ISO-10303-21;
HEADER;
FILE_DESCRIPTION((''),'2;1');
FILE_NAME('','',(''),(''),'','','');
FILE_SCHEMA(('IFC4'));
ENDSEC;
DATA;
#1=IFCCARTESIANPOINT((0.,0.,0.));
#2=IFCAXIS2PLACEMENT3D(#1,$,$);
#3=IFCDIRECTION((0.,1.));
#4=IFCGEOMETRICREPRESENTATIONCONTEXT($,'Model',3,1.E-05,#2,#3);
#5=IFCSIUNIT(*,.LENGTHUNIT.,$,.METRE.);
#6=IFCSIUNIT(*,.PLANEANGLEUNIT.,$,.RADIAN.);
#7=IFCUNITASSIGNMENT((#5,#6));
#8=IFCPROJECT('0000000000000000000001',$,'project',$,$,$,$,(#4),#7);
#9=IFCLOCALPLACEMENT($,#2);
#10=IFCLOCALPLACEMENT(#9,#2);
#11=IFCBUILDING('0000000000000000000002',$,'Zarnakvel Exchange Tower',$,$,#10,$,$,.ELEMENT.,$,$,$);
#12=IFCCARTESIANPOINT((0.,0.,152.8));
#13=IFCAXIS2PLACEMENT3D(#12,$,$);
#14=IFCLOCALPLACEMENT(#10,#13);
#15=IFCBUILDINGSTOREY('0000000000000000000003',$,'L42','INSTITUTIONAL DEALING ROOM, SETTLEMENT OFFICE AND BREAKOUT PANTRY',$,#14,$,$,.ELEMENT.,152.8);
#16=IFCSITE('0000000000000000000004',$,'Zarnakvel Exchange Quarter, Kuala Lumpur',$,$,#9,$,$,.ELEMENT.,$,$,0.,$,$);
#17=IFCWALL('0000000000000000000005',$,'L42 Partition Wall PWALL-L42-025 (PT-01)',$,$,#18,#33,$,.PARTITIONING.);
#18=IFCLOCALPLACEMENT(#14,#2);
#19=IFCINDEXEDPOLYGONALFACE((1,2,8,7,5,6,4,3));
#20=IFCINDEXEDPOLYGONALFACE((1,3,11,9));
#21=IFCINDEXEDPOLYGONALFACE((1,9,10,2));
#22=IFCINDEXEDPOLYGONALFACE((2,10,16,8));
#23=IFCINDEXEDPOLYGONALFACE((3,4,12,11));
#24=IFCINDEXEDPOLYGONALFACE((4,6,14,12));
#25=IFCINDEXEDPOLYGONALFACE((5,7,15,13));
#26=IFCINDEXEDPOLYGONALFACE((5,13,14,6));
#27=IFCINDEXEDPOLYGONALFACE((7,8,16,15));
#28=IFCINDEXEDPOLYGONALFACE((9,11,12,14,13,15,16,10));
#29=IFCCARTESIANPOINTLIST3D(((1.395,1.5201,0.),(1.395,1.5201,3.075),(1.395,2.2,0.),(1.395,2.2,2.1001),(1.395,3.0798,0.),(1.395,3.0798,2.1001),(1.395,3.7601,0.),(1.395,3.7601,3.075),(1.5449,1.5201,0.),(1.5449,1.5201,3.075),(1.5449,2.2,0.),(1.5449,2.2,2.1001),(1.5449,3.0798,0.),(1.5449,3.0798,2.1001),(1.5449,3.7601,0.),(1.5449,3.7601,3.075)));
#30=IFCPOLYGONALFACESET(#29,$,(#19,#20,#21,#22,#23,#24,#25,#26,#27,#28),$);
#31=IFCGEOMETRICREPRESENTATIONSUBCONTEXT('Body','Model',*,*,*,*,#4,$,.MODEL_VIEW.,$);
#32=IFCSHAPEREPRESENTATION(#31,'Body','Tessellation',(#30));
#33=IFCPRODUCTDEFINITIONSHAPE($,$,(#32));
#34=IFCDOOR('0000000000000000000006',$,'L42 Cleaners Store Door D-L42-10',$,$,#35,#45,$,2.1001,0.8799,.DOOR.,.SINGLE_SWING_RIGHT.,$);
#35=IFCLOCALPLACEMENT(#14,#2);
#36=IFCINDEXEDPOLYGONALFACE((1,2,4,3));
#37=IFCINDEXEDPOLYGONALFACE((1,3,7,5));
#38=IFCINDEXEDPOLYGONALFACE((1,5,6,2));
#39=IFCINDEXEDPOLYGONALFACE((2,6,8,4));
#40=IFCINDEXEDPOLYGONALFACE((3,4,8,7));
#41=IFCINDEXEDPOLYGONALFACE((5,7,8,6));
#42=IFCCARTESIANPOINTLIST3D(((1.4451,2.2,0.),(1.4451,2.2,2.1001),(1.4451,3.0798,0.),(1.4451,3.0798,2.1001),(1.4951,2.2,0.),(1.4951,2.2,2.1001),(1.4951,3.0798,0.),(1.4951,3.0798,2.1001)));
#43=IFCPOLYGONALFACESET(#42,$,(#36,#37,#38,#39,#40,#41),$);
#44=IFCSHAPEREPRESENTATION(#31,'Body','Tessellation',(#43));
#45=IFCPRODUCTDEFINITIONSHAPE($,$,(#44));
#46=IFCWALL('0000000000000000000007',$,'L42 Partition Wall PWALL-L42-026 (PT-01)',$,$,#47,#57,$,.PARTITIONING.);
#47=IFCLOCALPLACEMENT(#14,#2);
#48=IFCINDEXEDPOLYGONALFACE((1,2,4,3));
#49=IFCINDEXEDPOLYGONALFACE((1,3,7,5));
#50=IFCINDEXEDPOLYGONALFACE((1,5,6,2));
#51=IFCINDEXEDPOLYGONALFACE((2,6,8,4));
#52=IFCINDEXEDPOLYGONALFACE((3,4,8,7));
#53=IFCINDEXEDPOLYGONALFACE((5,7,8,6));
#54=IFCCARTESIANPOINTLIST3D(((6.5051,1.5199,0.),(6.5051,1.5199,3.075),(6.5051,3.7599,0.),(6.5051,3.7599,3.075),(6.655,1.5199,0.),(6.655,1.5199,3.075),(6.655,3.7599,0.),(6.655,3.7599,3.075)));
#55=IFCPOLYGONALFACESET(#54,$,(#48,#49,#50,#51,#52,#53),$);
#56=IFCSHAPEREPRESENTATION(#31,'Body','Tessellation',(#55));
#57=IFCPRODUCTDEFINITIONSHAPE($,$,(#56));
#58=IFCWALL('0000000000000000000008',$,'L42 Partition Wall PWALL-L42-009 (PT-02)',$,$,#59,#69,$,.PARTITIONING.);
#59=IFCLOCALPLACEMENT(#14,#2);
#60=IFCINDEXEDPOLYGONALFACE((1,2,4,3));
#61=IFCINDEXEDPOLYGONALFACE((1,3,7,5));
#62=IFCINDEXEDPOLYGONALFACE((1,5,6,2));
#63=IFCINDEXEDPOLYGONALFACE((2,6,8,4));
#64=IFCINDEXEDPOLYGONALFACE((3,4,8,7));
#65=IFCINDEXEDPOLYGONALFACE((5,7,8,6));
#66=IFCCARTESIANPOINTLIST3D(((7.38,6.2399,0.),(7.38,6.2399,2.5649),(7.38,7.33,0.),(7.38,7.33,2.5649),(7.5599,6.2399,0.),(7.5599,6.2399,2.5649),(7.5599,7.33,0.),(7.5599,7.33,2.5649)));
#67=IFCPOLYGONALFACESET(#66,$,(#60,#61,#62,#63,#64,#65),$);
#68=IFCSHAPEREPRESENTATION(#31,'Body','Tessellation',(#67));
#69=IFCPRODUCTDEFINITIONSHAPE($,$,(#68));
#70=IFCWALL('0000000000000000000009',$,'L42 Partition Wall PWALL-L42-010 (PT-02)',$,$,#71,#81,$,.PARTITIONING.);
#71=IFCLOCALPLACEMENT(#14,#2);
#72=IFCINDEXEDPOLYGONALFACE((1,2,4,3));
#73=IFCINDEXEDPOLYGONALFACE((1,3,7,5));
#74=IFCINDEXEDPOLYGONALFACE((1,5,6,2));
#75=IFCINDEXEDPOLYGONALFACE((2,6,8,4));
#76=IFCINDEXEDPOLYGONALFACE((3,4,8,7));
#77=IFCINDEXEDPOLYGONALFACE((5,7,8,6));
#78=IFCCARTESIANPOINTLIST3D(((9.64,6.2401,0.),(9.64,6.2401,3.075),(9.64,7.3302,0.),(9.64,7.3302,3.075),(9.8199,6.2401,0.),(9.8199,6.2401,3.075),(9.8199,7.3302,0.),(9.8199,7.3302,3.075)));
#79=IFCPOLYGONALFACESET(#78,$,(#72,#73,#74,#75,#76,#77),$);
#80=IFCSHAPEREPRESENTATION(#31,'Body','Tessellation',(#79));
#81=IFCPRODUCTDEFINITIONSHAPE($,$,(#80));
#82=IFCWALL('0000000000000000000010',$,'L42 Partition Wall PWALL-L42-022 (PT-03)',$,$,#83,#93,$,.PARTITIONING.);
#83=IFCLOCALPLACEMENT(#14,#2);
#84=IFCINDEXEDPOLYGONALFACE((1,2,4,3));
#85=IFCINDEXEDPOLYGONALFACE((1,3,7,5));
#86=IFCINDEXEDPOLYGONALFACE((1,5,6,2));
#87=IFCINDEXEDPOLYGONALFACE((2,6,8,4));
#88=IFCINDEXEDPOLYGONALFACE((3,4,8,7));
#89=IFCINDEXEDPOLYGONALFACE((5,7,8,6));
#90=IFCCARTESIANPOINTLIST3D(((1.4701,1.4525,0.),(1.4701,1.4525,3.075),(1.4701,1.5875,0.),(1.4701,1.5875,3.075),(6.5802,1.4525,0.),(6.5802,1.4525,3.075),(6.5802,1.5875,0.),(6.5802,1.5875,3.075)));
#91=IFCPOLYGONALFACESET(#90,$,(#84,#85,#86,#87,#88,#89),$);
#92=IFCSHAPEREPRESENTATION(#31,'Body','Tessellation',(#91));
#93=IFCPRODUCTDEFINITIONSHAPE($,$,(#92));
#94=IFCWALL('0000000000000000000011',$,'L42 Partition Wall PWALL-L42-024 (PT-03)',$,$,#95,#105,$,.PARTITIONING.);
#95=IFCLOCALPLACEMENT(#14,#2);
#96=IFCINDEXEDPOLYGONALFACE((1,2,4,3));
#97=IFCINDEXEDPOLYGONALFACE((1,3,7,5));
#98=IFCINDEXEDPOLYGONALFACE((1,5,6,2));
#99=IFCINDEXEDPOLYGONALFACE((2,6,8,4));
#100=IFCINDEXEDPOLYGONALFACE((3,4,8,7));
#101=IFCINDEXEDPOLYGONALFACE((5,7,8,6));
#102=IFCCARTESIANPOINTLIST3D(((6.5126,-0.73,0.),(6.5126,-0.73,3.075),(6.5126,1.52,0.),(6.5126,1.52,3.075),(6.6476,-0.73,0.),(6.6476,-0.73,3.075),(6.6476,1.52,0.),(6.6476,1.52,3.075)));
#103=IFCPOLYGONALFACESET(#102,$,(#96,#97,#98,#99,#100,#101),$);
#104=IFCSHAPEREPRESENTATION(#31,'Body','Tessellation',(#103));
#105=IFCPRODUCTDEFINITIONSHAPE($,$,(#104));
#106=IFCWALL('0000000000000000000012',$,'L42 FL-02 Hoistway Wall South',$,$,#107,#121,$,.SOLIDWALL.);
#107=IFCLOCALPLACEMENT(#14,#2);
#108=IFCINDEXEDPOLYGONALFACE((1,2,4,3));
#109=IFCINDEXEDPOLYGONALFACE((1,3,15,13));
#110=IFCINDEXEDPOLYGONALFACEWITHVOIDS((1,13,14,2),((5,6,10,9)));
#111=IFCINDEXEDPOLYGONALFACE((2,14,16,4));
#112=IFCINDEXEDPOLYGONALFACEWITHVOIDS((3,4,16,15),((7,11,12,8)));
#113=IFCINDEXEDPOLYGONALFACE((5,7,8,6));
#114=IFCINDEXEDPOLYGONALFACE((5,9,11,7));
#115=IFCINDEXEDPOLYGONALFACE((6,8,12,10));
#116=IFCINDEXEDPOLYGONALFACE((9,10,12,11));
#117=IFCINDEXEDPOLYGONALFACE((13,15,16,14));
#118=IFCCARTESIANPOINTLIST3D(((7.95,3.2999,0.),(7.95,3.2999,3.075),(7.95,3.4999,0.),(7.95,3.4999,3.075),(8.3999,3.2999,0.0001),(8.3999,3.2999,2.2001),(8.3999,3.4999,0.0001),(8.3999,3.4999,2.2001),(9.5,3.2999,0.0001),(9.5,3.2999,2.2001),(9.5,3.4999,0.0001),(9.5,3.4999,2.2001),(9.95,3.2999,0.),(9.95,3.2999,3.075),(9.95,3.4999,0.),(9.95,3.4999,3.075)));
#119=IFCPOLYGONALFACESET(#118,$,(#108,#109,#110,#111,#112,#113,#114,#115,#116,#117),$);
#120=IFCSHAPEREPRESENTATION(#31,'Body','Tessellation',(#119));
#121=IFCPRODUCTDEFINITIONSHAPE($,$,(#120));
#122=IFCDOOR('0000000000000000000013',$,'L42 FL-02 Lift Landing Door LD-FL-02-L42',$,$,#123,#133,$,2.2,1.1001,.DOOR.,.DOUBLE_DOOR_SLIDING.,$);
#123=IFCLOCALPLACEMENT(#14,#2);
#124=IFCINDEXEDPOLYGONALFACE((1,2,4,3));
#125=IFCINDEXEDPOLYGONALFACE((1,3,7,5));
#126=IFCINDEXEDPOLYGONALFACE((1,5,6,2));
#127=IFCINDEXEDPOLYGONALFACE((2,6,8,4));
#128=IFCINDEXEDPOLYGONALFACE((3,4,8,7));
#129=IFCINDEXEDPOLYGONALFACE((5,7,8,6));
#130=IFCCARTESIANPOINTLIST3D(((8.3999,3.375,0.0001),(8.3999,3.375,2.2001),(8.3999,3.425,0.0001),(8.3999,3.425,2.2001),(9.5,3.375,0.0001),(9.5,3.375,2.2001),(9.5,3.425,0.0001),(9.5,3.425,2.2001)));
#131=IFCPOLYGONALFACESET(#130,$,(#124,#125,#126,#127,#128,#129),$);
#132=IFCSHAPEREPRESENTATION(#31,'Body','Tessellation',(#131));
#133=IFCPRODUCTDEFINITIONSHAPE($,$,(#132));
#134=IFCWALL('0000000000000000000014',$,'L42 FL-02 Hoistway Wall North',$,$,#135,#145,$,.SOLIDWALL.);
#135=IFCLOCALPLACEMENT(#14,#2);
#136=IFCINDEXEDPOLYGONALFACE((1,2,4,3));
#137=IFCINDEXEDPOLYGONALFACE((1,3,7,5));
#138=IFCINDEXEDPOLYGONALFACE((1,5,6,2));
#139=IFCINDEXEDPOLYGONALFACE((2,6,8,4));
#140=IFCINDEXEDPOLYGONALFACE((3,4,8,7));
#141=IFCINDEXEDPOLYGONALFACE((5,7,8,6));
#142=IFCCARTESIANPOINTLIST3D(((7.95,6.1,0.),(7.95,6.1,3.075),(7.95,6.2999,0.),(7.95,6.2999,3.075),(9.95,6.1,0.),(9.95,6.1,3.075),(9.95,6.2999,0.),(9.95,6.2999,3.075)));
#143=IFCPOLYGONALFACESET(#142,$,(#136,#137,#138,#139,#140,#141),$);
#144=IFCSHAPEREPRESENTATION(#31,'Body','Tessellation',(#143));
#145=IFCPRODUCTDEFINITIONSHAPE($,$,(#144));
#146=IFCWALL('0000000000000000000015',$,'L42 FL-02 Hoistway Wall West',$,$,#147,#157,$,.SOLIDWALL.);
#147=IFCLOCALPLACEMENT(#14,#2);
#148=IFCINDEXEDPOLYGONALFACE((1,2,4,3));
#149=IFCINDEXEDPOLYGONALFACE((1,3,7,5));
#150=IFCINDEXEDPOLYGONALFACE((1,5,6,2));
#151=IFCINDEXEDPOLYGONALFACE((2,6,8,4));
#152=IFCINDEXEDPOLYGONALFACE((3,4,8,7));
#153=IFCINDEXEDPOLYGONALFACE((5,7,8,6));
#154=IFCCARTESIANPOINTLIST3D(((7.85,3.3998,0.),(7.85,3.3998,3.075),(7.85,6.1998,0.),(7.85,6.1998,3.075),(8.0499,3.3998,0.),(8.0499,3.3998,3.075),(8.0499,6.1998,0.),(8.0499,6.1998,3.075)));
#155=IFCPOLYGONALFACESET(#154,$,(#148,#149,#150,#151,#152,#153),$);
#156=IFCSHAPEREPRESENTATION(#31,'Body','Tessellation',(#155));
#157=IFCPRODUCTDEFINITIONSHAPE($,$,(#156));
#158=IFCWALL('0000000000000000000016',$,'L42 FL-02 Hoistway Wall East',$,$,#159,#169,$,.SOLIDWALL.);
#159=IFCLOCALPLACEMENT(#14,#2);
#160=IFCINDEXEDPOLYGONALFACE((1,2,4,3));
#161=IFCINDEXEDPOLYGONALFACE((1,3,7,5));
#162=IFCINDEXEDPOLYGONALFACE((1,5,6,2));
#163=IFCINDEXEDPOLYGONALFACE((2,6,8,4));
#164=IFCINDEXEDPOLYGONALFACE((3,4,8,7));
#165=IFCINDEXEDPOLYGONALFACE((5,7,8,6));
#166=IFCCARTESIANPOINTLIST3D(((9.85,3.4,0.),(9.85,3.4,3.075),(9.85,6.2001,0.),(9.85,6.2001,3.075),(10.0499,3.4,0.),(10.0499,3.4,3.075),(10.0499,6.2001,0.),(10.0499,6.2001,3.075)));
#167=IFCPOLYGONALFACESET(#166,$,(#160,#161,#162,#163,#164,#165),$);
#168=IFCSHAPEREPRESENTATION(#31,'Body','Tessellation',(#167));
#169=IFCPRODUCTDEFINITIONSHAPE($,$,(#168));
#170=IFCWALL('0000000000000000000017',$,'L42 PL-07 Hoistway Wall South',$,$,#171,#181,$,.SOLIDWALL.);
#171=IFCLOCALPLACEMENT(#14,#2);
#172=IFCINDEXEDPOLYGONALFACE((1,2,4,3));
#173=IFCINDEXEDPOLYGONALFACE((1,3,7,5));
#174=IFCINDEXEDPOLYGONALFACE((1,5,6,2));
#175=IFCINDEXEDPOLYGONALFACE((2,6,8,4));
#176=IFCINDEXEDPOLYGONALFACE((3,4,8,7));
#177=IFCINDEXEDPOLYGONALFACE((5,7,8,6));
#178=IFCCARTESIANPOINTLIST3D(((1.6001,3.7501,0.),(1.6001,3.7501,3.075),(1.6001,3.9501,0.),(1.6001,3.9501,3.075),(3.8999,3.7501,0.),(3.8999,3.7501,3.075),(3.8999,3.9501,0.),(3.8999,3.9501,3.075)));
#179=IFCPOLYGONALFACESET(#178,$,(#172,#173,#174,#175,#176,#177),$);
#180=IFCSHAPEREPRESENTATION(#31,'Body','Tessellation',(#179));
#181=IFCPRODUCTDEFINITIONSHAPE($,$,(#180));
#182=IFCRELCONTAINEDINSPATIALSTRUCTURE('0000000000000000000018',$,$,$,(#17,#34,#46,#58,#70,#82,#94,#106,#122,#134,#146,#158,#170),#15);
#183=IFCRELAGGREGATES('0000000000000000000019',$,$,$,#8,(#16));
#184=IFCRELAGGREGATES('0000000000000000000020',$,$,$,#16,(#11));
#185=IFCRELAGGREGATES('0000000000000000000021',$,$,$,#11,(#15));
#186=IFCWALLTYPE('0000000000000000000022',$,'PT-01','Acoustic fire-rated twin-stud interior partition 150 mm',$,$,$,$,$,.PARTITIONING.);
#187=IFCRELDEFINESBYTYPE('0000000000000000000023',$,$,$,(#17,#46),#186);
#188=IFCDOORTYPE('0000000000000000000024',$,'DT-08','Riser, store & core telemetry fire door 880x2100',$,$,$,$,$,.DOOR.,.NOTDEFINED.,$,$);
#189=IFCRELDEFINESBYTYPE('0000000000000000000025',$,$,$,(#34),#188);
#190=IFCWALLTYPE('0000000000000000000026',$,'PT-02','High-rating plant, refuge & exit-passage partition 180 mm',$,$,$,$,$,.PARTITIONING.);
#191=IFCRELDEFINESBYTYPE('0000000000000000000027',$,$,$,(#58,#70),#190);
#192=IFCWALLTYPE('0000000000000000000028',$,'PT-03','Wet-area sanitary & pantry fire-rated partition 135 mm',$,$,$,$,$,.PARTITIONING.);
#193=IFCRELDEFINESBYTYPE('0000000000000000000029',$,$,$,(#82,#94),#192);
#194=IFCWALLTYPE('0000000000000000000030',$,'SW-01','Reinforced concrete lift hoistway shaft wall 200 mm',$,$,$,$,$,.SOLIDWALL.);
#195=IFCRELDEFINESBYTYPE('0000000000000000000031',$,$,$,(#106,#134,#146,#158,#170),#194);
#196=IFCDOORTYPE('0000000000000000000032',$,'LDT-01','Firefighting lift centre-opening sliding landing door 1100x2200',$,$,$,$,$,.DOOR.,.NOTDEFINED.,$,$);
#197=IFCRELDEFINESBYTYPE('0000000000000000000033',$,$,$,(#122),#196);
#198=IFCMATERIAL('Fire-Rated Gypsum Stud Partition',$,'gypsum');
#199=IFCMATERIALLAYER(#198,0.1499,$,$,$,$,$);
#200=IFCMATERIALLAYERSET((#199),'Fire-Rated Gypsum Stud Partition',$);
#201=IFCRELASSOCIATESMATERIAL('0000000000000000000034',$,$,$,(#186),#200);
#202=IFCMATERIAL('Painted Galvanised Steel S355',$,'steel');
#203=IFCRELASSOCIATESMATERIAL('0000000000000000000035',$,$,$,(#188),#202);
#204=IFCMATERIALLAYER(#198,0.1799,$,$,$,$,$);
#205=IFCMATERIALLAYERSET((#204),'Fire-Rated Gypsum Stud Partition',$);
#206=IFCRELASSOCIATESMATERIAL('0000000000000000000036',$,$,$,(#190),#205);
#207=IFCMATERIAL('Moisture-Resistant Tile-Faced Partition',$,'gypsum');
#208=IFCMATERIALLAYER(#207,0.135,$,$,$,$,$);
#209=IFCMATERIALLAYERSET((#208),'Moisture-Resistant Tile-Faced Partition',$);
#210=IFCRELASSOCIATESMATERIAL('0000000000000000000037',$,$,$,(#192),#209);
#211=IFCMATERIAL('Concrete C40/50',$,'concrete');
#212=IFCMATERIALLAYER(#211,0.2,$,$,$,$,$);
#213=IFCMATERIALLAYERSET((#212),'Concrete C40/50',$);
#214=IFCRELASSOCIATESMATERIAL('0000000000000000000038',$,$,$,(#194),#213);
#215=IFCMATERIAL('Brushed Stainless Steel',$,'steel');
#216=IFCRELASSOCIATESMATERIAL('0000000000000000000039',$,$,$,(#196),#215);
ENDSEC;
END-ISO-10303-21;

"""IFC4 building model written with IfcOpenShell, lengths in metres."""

from ifc_helpers import new_model, si_unit, direction, frame, frame_2d, origin, place, context, subcontext, project, spatial, rectangle, extrude, source, transform, mapped, material, layer, layer_set, type_object, element, fill, save


model = new_model("IFC4")

# Units and contexts
model_context = context("Model", 3, precision=1e-05, world=origin(), true_north=direction((0.0, 1.0)))
body_context = subcontext(model_context, "Body", "Model", "MODEL_VIEW")
ifc_project = project(units=[si_unit("LENGTHUNIT", "METRE"), si_unit("PLANEANGLEUNIT", "RADIAN")], contexts=[model_context])

# Site, building, storey
site_placement = place(None, origin())
site = spatial("IfcSite", under=ifc_project, at=site_placement, Name="Zarnakvel Exchange Quarter, Kuala Lumpur", CompositionType="ELEMENT", RefElevation=0.0)
building_placement = place(site_placement, origin())
building = spatial("IfcBuilding", under=site, at=building_placement, Name="Zarnakvel Exchange Tower", CompositionType="ELEMENT")
storey_placement = place(building_placement, frame((0.0, 0.0, 152.8)))
storey = spatial("IfcBuildingStorey", under=building, at=storey_placement, Name="L42", Description="INSTITUTIONAL DEALING ROOM, SETTLEMENT OFFICE AND BREAKOUT PANTRY", CompositionType="ELEMENT", Elevation=152.8)

# Wall, opening, door
ifc_material_1 = material(Name="Fire-Rated Gypsum Stud Partition", Category="gypsum")
ifc_layer_1 = layer(ifc_material_1, 0.1499)
ifc_layer_set_1 = layer_set([ifc_layer_1], Name="Fire-Rated Gypsum Stud Partition")
wall_type_1 = type_object("IfcWallType", Name="PT-01", Description="Acoustic fire-rated twin-stud interior partition 150 mm", PredefinedType="PARTITIONING", material=ifc_layer_set_1)
wall_1_placement = place(storey_placement, frame((1.47, 1.52, 0.0), z_axis=(0.0, 0.0, 1.0), x_axis=(0.0, 1.0, 0.0)))
wall_1 = element("IfcWall", 1, at=wall_1_placement, inside=storey, type_object=wall_type_1, Name="L42 Partition Wall PWALL-L42-025 (PT-01)", PredefinedType="PARTITIONING", context=body_context, shape_type="SweptSolid", body=[
    extrude(rectangle(XDim=2.24, YDim=0.1499, at=frame_2d((1.1201, 0.0))), origin(), (0.0, 0.0, 1.0), 3.075),
])
opening_1_placement = place(wall_1_placement, frame((0.6799, 0.0, 0.0)))
opening_1 = element("IfcOpeningElement", 2, at=opening_1_placement, cuts=wall_1, PredefinedType="OPENING", context=body_context, shape_type="SweptSolid", body=[
    extrude(rectangle(XDim=0.8799, YDim=2.1001, at=frame_2d((0.4399, 1.05))), frame((0.0, 0.085, 0.0), z_axis=(0.0, -1.0, 0.0), x_axis=(1.0, 0.0, 0.0)), (0.0, 0.0, 1.0), 0.1699),
])
ifc_material_2 = material(Name="Painted Galvanised Steel S355", Category="steel")
door_type_1 = type_object("IfcDoorType", Name="DT-08", Description="Riser, store & core telemetry fire door 880x2100", OperationType="NOTDEFINED", PredefinedType="DOOR", material=ifc_material_2)
shared_shape_1 = source(origin(), body_context, "Body", "SweptSolid", [
    extrude(rectangle(XDim=0.8799, YDim=2.1001, at=frame_2d((0.4399, 1.05))), frame((0.0, 0.0249, 0.0), z_axis=(0.0, -1.0, 0.0), x_axis=(1.0, 0.0, 0.0)), (0.0, 0.0, 1.0), 0.05),
])
door_1_placement = place(opening_1_placement, origin())
door_1 = element("IfcDoor", 3, at=door_1_placement, inside=storey, type_object=door_type_1, Name="L42 Cleaners Store Door D-L42-10", OperationType="SINGLE_SWING_RIGHT", OverallHeight=2.1001, OverallWidth=0.8799, PredefinedType="DOOR", context=body_context, shape_type="MappedRepresentation", body=[
    mapped(shared_shape_1, transform((0.0, 0.0, 0.0), x_axis=(1.0, 0.0, 0.0), y_axis=(0.0, 1.0, 0.0), z_axis=(0.0, 0.0, 1.0), scale=1.0)),
])
fill(opening_1, door_1)

# Walls
wall_2_placement = place(storey_placement, frame((6.5801, 3.76, 0.0), z_axis=(0.0, 0.0, 1.0), x_axis=(0.0, -1.0, 0.0)))
element("IfcWall", 4, at=wall_2_placement, inside=storey, type_object=wall_type_1, Name="L42 Partition Wall PWALL-L42-026 (PT-01)", PredefinedType="PARTITIONING", context=body_context, shape_type="SweptSolid", body=[
    extrude(rectangle(XDim=2.24, YDim=0.1499, at=frame_2d((1.1201, 0.0))), origin(), (0.0, 0.0, 1.0), 3.075),
])
ifc_layer_2 = layer(ifc_material_1, 0.1799)
ifc_layer_set_2 = layer_set([ifc_layer_2], Name="Fire-Rated Gypsum Stud Partition")
wall_type_2 = type_object("IfcWallType", Name="PT-02", Description="High-rating plant, refuge & exit-passage partition 180 mm", PredefinedType="PARTITIONING", material=ifc_layer_set_2)
wall_3_placement = place(storey_placement, frame((7.47, 6.24, 0.0), z_axis=(0.0, 0.0, 1.0), x_axis=(0.0, 1.0, 0.0)))
element("IfcWall", 5, at=wall_3_placement, inside=storey, type_object=wall_type_2, Name="L42 Partition Wall PWALL-L42-009 (PT-02)", PredefinedType="PARTITIONING", context=body_context, shape_type="SweptSolid", body=[
    extrude(rectangle(XDim=1.0901, YDim=0.1799, at=frame_2d((0.5449, 0.0))), origin(), (0.0, 0.0, 1.0), 2.5649),
])
wall_4_placement = place(storey_placement, frame((9.73, 7.3301, 0.0), z_axis=(0.0, 0.0, 1.0), x_axis=(0.0, -1.0, 0.0)))
element("IfcWall", 6, at=wall_4_placement, inside=storey, type_object=wall_type_2, Name="L42 Partition Wall PWALL-L42-010 (PT-02)", PredefinedType="PARTITIONING", context=body_context, shape_type="SweptSolid", body=[
    extrude(rectangle(XDim=1.0901, YDim=0.1799, at=frame_2d((0.5449, 0.0))), origin(), (0.0, 0.0, 1.0), 3.075),
])
ifc_material_3 = material(Name="Moisture-Resistant Tile-Faced Partition", Category="gypsum")
ifc_layer_3 = layer(ifc_material_3, 0.135)
ifc_layer_set_3 = layer_set([ifc_layer_3], Name="Moisture-Resistant Tile-Faced Partition")
wall_type_3 = type_object("IfcWallType", Name="PT-03", Description="Wet-area sanitary & pantry fire-rated partition 135 mm", PredefinedType="PARTITIONING", material=ifc_layer_set_3)
wall_5_placement = place(storey_placement, frame((1.47, 1.52, 0.0), z_axis=(0.0, 0.0, 1.0), x_axis=(1.0, 0.0, 0.0)))
element("IfcWall", 7, at=wall_5_placement, inside=storey, type_object=wall_type_3, Name="L42 Partition Wall PWALL-L42-022 (PT-03)", PredefinedType="PARTITIONING", context=body_context, shape_type="SweptSolid", body=[
    extrude(rectangle(XDim=5.1101, YDim=0.135, at=frame_2d((2.5552, 0.0))), origin(), (0.0, 0.0, 1.0), 3.075),
])
wall_6_placement = place(storey_placement, frame((6.5801, 1.52, 0.0), z_axis=(0.0, 0.0, 1.0), x_axis=(0.0, -1.0, 0.0)))
element("IfcWall", 8, at=wall_6_placement, inside=storey, type_object=wall_type_3, Name="L42 Partition Wall PWALL-L42-024 (PT-03)", PredefinedType="PARTITIONING", context=body_context, shape_type="SweptSolid", body=[
    extrude(rectangle(XDim=2.25, YDim=0.135, at=frame_2d((1.125, 0.0))), origin(), (0.0, 0.0, 1.0), 3.075),
])

# Wall, opening, door
ifc_material_4 = material(Name="Concrete C40/50", Category="concrete")
ifc_layer_4 = layer(ifc_material_4, 0.2)
ifc_layer_set_4 = layer_set([ifc_layer_4], Name="Concrete C40/50")
wall_type_4 = type_object("IfcWallType", Name="SW-01", Description="Reinforced concrete lift hoistway shaft wall 200 mm", PredefinedType="SOLIDWALL", material=ifc_layer_set_4)
wall_7_placement = place(storey_placement, frame((9.95, 3.3999, 0.0), z_axis=(0.0, 0.0, 1.0), x_axis=(-1.0, 0.0, 0.0)))
wall_7 = element("IfcWall", 9, at=wall_7_placement, inside=storey, type_object=wall_type_4, Name="L42 FL-02 Hoistway Wall South", PredefinedType="SOLIDWALL", context=body_context, shape_type="SweptSolid", body=[
    extrude(rectangle(XDim=2.0, YDim=0.2, at=frame_2d((1.0, 0.0))), origin(), (0.0, 0.0, 1.0), 3.075),
])
opening_2_placement = place(wall_7_placement, frame((0.45, 0.0, 0.0)))
opening_2 = element("IfcOpeningElement", 10, at=opening_2_placement, cuts=wall_7, PredefinedType="OPENING", context=body_context, shape_type="SweptSolid", body=[
    extrude(rectangle(XDim=1.1001, YDim=2.2, at=frame_2d((0.55, 1.1001))), frame((0.0, 0.1099, 0.0), z_axis=(0.0, -1.0, 0.0), x_axis=(1.0, 0.0, 0.0)), (0.0, 0.0, 1.0), 0.22),
])
ifc_material_5 = material(Name="Brushed Stainless Steel", Category="steel")
door_type_2 = type_object("IfcDoorType", Name="LDT-01", Description="Firefighting lift centre-opening sliding landing door 1100x2200", OperationType="NOTDEFINED", PredefinedType="DOOR", material=ifc_material_5)
shared_shape_2 = source(origin(), body_context, "Body", "SweptSolid", [
    extrude(rectangle(XDim=1.1001, YDim=2.2, at=frame_2d((0.55, 1.1001))), frame((0.0, 0.0249, 0.0), z_axis=(0.0, -1.0, 0.0), x_axis=(1.0, 0.0, 0.0)), (0.0, 0.0, 1.0), 0.05),
])
door_2_placement = place(opening_2_placement, origin())
door_2 = element("IfcDoor", 11, at=door_2_placement, inside=storey, type_object=door_type_2, Name="L42 FL-02 Lift Landing Door LD-FL-02-L42", OperationType="DOUBLE_DOOR_SLIDING", OverallHeight=2.2, OverallWidth=1.1001, PredefinedType="DOOR", context=body_context, shape_type="MappedRepresentation", body=[
    mapped(shared_shape_2, transform((0.0, 0.0, 0.0), x_axis=(1.0, 0.0, 0.0), y_axis=(0.0, 1.0, 0.0), z_axis=(0.0, 0.0, 1.0), scale=1.0)),
])
fill(opening_2, door_2)

# Walls
wall_8_placement = place(storey_placement, frame((7.95, 6.2, 0.0), z_axis=(0.0, 0.0, 1.0), x_axis=(1.0, 0.0, 0.0)))
element("IfcWall", 12, at=wall_8_placement, inside=storey, type_object=wall_type_4, Name="L42 FL-02 Hoistway Wall North", PredefinedType="SOLIDWALL", context=body_context, shape_type="SweptSolid", body=[
    extrude(rectangle(XDim=2.0, YDim=0.2, at=frame_2d((1.0, 0.0))), origin(), (0.0, 0.0, 1.0), 3.075),
])
for number, where, z_axis, x_axis, name in (
    (13, (7.95, 3.3999, 0.0), (0.0, 0.0, 1.0), (0.0, 1.0, 0.0), "L42 FL-02 Hoistway Wall West"),
    (14, (9.95, 6.2, 0.0), (0.0, 0.0, 1.0), (0.0, -1.0, 0.0), "L42 FL-02 Hoistway Wall East"),
):
    element("IfcWall", number, at=place(storey_placement, frame(where, z_axis=z_axis, x_axis=x_axis)), inside=storey, type_object=wall_type_4, Name=name, PredefinedType="SOLIDWALL", context=body_context, shape_type="SweptSolid", body=[
        extrude(rectangle(XDim=2.8, YDim=0.2, at=frame_2d((1.3999, 0.0))), origin(), (0.0, 0.0, 1.0), 3.075),
    ])
wall_9_placement = place(storey_placement, frame((3.8999, 3.8501, 0.0), z_axis=(0.0, 0.0, 1.0), x_axis=(-1.0, 0.0, 0.0)))
element("IfcWall", 15, at=wall_9_placement, inside=storey, type_object=wall_type_4, Name="L42 PL-07 Hoistway Wall South", PredefinedType="SOLIDWALL", context=body_context, shape_type="SweptSolid", body=[
    extrude(rectangle(XDim=2.2998, YDim=0.2, at=frame_2d((1.1499, 0.0))), origin(), (0.0, 0.0, 1.0), 3.075),
])

save(model, "model.ifc")
